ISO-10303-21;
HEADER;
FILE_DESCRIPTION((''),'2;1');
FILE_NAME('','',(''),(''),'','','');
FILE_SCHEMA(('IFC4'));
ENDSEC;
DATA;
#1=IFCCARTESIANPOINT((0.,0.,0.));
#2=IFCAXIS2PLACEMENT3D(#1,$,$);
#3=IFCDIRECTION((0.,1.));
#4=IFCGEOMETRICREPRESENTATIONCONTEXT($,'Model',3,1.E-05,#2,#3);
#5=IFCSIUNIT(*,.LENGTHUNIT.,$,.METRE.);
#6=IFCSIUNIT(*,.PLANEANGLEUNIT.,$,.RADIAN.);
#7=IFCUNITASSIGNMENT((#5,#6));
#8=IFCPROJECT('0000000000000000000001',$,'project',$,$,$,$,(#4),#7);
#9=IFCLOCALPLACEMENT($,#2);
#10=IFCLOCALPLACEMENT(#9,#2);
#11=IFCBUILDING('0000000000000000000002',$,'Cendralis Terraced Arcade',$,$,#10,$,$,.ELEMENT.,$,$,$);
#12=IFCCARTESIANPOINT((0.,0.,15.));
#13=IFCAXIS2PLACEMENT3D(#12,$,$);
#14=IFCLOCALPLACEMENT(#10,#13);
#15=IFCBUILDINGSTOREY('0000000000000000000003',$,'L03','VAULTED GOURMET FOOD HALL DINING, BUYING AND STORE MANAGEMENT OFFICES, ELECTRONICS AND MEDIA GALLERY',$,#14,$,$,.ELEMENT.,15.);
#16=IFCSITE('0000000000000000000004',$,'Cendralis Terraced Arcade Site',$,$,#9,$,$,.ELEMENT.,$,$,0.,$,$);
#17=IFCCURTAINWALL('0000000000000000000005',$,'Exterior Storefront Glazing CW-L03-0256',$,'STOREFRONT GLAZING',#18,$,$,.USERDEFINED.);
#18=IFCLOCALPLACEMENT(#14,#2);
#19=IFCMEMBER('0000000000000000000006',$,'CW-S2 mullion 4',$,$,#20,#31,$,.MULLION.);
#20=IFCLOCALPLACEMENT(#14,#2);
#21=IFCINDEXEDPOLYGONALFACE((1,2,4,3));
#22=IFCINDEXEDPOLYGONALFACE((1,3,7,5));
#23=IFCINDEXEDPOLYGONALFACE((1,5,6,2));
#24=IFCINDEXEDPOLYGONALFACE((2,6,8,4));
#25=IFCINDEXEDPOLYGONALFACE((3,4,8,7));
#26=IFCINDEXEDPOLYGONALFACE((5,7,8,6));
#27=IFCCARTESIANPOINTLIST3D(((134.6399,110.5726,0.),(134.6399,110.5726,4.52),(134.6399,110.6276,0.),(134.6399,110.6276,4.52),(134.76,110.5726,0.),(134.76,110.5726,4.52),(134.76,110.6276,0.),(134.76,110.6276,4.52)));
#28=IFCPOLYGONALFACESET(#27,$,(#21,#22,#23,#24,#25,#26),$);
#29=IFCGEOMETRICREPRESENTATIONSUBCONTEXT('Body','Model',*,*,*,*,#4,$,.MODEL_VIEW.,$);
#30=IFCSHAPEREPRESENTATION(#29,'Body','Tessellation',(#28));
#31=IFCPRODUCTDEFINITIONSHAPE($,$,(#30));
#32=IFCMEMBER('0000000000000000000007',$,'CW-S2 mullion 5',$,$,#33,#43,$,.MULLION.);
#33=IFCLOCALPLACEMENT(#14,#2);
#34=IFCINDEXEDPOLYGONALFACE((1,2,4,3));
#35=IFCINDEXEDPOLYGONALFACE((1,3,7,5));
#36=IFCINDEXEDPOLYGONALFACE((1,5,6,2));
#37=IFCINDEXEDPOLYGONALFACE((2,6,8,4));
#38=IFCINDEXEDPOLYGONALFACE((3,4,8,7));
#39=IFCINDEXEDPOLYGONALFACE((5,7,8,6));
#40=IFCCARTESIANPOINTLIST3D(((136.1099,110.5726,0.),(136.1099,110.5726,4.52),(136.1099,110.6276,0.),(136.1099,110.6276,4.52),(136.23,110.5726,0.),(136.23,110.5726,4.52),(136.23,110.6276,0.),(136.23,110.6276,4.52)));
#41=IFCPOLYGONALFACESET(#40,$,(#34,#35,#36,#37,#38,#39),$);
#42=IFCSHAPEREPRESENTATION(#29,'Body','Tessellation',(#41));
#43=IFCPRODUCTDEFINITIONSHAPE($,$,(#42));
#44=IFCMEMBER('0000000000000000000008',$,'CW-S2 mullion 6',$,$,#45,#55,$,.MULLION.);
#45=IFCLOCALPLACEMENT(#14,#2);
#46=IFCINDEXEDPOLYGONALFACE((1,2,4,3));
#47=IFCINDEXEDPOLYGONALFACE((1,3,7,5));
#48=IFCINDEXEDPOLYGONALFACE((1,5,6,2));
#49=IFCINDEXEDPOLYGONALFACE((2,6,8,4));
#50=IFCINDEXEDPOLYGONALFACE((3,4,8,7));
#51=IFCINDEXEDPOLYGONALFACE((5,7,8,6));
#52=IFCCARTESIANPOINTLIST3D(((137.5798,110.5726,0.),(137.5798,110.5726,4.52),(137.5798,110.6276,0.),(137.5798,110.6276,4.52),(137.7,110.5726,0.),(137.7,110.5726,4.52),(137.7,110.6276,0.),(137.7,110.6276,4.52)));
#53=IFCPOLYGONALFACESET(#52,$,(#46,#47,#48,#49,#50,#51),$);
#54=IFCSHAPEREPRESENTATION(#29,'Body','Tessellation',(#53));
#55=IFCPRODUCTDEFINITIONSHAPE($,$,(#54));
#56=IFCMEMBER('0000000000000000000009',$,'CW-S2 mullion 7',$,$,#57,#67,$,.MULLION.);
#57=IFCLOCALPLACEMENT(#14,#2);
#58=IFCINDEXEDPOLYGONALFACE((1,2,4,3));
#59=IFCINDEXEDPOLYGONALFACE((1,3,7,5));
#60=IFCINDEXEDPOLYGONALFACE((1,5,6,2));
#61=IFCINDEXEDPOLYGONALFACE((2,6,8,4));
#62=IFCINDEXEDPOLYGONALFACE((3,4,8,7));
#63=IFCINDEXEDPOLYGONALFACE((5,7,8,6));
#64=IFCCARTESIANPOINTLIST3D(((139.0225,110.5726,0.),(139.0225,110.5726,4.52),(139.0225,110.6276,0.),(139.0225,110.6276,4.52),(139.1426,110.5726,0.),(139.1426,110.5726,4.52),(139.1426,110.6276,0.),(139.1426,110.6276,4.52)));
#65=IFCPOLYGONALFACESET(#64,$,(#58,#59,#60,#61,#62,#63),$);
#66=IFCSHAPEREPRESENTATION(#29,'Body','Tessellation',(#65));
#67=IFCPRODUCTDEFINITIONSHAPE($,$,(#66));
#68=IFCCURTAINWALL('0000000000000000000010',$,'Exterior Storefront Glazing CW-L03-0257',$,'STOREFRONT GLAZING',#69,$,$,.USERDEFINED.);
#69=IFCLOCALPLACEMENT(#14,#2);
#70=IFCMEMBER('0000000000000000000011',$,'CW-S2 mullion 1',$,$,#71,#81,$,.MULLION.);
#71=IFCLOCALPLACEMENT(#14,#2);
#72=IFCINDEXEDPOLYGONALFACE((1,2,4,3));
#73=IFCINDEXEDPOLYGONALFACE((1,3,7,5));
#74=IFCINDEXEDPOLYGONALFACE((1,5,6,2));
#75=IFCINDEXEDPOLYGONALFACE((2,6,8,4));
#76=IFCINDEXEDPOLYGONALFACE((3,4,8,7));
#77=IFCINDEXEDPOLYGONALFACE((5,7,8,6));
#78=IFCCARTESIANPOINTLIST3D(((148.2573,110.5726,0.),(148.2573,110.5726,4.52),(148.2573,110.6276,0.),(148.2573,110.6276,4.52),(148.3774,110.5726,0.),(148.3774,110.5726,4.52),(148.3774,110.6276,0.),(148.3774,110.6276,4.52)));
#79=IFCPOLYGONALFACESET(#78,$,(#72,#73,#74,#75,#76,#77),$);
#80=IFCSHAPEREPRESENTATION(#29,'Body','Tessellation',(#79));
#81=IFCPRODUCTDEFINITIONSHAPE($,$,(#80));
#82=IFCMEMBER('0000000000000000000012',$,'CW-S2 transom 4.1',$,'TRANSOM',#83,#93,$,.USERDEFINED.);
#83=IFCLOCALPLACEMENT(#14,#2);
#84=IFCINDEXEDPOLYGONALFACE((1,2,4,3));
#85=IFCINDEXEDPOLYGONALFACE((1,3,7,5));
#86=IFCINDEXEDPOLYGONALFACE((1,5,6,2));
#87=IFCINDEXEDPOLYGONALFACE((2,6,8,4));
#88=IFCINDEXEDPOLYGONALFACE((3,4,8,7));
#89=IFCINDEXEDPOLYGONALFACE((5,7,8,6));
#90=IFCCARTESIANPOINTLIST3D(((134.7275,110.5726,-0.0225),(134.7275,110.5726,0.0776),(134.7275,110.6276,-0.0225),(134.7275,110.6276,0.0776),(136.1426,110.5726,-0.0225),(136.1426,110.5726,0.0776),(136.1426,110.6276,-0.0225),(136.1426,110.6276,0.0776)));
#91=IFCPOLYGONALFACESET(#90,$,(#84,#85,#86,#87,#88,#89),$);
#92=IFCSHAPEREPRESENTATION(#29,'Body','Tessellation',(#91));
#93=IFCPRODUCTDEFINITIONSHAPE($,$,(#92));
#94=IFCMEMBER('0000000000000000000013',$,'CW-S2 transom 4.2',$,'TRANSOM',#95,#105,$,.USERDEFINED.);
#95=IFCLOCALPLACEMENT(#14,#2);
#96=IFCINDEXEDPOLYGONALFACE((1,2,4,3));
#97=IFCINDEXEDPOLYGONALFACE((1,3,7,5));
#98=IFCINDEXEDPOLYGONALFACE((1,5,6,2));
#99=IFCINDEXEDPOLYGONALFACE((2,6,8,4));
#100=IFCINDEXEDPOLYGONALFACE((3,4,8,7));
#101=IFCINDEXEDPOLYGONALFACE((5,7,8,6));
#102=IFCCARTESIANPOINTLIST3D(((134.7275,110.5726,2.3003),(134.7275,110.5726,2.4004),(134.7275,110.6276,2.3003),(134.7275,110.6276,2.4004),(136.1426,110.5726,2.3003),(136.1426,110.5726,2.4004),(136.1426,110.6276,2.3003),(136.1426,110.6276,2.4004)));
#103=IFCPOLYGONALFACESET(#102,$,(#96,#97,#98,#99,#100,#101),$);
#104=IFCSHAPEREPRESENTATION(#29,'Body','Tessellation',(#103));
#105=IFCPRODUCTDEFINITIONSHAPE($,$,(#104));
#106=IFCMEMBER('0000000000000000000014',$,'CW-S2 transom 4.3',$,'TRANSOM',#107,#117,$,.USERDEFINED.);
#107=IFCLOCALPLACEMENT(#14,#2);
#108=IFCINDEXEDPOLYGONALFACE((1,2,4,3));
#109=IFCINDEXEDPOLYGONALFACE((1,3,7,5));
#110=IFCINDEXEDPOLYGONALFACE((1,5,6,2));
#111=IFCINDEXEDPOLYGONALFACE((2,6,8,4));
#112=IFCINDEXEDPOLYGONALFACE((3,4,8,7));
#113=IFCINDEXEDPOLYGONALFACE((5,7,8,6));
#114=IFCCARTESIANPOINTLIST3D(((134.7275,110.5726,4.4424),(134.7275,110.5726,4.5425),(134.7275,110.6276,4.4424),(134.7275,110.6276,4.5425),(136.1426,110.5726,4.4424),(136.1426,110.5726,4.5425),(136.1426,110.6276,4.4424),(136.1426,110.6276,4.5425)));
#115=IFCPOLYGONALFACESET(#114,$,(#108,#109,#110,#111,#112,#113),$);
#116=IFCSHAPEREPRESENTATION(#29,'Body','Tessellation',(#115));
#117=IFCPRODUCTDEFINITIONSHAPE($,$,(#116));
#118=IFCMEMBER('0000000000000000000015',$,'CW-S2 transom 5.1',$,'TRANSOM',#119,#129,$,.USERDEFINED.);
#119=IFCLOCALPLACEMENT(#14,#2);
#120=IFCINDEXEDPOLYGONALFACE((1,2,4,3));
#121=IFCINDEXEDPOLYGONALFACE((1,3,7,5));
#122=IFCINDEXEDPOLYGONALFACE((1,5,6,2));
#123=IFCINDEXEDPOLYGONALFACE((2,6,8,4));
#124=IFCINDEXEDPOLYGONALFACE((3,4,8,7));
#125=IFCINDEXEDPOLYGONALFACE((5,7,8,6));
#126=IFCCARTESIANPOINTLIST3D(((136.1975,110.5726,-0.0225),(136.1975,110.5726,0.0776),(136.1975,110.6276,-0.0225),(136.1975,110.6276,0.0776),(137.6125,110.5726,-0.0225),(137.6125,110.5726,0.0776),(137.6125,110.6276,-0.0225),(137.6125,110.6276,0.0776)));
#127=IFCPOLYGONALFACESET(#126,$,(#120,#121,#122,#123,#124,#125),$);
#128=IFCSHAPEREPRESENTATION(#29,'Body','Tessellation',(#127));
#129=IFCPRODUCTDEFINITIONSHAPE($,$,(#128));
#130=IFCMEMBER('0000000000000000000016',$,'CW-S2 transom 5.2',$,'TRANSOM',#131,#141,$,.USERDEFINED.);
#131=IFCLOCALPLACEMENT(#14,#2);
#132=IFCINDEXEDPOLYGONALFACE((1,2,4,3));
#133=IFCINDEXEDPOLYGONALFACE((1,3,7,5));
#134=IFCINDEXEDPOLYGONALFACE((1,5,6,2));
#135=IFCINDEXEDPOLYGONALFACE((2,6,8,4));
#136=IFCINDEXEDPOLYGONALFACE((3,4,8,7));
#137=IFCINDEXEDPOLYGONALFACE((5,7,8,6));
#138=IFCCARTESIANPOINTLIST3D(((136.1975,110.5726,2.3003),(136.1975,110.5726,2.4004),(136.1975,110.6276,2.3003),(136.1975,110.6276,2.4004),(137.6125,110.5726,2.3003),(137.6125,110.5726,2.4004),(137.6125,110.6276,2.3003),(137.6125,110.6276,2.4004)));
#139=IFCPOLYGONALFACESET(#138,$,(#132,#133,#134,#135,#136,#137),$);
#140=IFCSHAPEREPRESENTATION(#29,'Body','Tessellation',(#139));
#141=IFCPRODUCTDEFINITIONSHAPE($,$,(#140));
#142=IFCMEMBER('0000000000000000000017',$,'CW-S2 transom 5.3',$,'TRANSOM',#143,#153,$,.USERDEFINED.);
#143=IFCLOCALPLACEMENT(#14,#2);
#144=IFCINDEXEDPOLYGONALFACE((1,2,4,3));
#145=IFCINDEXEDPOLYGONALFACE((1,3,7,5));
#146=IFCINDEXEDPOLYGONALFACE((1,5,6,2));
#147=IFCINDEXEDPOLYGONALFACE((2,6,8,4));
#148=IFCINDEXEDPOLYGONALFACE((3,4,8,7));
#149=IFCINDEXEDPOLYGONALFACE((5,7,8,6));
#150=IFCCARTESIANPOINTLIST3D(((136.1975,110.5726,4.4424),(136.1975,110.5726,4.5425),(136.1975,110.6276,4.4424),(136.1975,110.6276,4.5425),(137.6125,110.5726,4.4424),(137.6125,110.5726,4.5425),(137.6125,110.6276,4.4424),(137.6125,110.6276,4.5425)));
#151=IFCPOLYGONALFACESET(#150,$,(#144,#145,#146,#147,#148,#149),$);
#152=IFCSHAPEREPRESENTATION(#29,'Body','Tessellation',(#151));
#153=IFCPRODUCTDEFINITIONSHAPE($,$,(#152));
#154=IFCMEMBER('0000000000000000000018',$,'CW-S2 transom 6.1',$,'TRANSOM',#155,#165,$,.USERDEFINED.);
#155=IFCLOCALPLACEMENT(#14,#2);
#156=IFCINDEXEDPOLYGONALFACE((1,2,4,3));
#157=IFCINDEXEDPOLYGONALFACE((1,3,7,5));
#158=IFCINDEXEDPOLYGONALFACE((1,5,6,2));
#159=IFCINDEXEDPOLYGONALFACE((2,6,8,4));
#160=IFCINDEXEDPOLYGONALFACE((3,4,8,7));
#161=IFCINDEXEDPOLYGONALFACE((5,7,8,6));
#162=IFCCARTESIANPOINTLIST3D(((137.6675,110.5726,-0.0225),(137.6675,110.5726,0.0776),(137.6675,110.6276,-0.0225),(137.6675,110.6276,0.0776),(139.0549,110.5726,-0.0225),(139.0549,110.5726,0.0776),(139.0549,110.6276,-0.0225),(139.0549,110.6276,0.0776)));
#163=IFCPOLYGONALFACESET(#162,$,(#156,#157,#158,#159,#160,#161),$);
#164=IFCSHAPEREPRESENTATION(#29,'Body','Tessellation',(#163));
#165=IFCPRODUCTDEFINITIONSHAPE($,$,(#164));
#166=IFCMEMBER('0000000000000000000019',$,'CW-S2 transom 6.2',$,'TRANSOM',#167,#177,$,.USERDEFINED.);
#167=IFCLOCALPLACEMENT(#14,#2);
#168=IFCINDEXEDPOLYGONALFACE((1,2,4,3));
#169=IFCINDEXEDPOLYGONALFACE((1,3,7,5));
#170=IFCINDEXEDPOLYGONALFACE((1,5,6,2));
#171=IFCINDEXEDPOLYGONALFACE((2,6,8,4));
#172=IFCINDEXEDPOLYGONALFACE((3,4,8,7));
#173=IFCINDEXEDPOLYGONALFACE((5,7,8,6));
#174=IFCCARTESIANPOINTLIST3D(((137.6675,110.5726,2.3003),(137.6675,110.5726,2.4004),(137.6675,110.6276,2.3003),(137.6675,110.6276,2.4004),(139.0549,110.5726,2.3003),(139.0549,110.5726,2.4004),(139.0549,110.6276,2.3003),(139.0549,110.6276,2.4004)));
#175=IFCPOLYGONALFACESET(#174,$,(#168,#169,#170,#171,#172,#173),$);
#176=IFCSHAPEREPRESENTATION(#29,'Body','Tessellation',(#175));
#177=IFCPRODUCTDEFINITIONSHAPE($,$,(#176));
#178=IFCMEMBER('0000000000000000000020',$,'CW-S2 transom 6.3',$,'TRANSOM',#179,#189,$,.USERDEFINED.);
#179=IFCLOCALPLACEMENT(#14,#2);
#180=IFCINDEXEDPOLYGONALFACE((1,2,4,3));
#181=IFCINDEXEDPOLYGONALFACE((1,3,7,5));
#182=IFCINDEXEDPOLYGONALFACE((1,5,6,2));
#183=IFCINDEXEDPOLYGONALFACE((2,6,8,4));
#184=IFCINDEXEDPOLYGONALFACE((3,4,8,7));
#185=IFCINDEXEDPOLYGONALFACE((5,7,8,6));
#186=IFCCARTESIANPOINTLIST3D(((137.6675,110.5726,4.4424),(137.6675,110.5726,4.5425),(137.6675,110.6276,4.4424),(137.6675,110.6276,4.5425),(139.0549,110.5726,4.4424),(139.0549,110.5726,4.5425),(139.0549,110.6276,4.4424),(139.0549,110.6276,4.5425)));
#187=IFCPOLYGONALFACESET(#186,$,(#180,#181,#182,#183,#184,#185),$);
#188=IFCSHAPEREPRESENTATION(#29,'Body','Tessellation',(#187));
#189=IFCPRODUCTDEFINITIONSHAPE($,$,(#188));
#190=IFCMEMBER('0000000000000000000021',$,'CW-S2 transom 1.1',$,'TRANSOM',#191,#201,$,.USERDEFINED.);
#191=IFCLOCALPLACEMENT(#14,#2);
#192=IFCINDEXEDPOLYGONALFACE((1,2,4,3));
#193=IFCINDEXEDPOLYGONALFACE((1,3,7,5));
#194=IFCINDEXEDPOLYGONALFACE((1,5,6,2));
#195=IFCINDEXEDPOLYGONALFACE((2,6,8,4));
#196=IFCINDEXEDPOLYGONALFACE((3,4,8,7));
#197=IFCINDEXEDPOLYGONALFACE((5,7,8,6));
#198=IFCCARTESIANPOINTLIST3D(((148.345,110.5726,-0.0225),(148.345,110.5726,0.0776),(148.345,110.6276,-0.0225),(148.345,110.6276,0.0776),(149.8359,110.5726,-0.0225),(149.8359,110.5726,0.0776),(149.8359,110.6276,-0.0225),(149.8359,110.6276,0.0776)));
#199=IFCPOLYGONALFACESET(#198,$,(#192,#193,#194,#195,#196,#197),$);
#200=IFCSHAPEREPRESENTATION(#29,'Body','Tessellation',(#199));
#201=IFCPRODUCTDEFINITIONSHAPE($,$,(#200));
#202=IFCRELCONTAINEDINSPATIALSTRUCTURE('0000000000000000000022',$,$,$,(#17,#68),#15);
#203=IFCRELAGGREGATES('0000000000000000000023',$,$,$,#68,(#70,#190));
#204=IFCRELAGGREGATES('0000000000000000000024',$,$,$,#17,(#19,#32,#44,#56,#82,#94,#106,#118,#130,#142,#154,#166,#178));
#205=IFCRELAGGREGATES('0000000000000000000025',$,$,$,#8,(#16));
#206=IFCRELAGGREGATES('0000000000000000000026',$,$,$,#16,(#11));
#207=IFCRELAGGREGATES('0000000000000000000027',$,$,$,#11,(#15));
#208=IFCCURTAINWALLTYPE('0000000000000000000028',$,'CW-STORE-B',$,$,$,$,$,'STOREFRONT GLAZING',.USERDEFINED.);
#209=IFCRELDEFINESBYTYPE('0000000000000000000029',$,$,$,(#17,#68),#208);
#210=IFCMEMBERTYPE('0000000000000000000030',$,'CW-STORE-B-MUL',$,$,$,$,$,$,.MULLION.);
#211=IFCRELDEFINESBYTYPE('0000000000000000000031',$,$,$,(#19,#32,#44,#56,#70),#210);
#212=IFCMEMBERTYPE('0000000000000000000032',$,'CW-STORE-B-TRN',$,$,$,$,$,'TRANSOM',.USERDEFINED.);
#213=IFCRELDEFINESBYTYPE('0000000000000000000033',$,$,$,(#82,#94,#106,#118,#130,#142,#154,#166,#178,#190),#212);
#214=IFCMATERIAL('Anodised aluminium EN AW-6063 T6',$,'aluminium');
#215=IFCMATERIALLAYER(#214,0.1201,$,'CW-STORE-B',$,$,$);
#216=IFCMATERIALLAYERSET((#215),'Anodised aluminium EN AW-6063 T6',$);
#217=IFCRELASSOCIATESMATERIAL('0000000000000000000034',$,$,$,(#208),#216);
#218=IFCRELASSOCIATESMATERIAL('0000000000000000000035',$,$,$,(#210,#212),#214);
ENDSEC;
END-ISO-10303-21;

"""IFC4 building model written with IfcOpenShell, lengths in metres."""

from ifc_helpers import new_model, si_unit, direction, frame, origin, origin_2d, place, context, subcontext, project, spatial, rectangle, extrude, material, layer, layer_set, material_profile, profile_set, type_object, element, aggregate, save


model = new_model("IFC4")

# Units and contexts
model_context = context("Model", 3, precision=1e-05, world=origin(), true_north=direction((0.0, 1.0)))
body_context = subcontext(model_context, "Body", "Model", "MODEL_VIEW")
ifc_project = project(units=[si_unit("LENGTHUNIT", "METRE"), si_unit("PLANEANGLEUNIT", "RADIAN")], contexts=[model_context])

# Site, building, storey
site_placement = place(None, origin())
site = spatial("IfcSite", under=ifc_project, at=site_placement, Name="Cendralis Terraced Arcade Site", CompositionType="ELEMENT", RefElevation=0.0)
building_placement = place(site_placement, origin())
building = spatial("IfcBuilding", under=site, at=building_placement, Name="Cendralis Terraced Arcade", CompositionType="ELEMENT")
storey_placement = place(building_placement, frame((0.0, 0.0, 15.0)))
storey = spatial("IfcBuildingStorey", under=building, at=storey_placement, Name="L03", Description="VAULTED GOURMET FOOD HALL DINING, BUYING AND STORE MANAGEMENT OFFICES, ELECTRONICS AND MEDIA GALLERY", CompositionType="ELEMENT", Elevation=15.0)

# Curtain wall, members
ifc_material_1 = material(Name="Anodised aluminium EN AW-6063 T6", Category="aluminium")
ifc_layer_1 = layer(ifc_material_1, 0.1201, Name="CW-STORE-B")
ifc_layer_set_1 = layer_set([ifc_layer_1], Name="Anodised aluminium EN AW-6063 T6")
curtain_wall_type = type_object("IfcCurtainWallType", Name="CW-STORE-B", ElementType="STOREFRONT GLAZING", PredefinedType="USERDEFINED", material=ifc_layer_set_1)
curtain_wall_1_placement = place(storey_placement, origin())
curtain_wall_1 = element("IfcCurtainWall", 1, at=curtain_wall_1_placement, inside=storey, type_object=curtain_wall_type, Name="Exterior Storefront Glazing CW-L03-0256", ObjectType="STOREFRONT GLAZING", PredefinedType="USERDEFINED")
ifc_material_profile_1 = material_profile(ifc_material_1, rectangle(XDim=0.0549, YDim=0.1201, at=origin_2d()), Name="ALU-MUL-55x120")
ifc_profile_set_1 = profile_set([ifc_material_profile_1], Name="Anodised aluminium EN AW-6063 T6")
member_type_1 = type_object("IfcMemberType", Name="CW-STORE-B-MUL", PredefinedType="MULLION", material=ifc_profile_set_1)
member_1_placement = place(storey_placement, frame((134.7, 110.6001, 0.0), z_axis=(0.0, 0.0, 1.0), x_axis=(0.0, 1.0, 0.0)))
member_1 = element("IfcMember", 2, at=member_1_placement, type_object=member_type_1, Name="CW-S2 mullion 4", PredefinedType="MULLION", context=body_context, shape_type="SweptSolid", body=[
    extrude(rectangle(XDim=0.0549, YDim=0.1201, at=origin_2d()), origin(), (0.0, 0.0, 1.0), 4.52),
])
member_2_placement = place(storey_placement, frame((136.1699, 110.6001, 0.0), z_axis=(0.0, 0.0, 1.0), x_axis=(0.0, 1.0, 0.0)))
member_2 = element("IfcMember", 3, at=member_2_placement, type_object=member_type_1, Name="CW-S2 mullion 5", PredefinedType="MULLION", context=body_context, shape_type="SweptSolid", body=[
    extrude(rectangle(XDim=0.0549, YDim=0.1201, at=origin_2d()), origin(), (0.0, 0.0, 1.0), 4.52),
])
member_3_placement = place(storey_placement, frame((137.6399, 110.6001, 0.0), z_axis=(0.0, 0.0, 1.0), x_axis=(0.0, 1.0, 0.0)))
member_3 = element("IfcMember", 4, at=member_3_placement, type_object=member_type_1, Name="CW-S2 mullion 6", PredefinedType="MULLION", context=body_context, shape_type="SweptSolid", body=[
    extrude(rectangle(XDim=0.0549, YDim=0.1201, at=origin_2d()), origin(), (0.0, 0.0, 1.0), 4.52),
])
member_4_placement = place(storey_placement, frame((139.0825, 110.6001, 0.0), z_axis=(0.0, 0.0, 1.0), x_axis=(0.0, 1.0, 0.0)))
member_4 = element("IfcMember", 5, at=member_4_placement, type_object=member_type_1, Name="CW-S2 mullion 7", PredefinedType="MULLION", context=body_context, shape_type="SweptSolid", body=[
    extrude(rectangle(XDim=0.0549, YDim=0.1201, at=origin_2d()), origin(), (0.0, 0.0, 1.0), 4.52),
])

# Curtain wall, member
curtain_wall_2_placement = place(storey_placement, origin())
curtain_wall_2 = element("IfcCurtainWall", 6, at=curtain_wall_2_placement, inside=storey, type_object=curtain_wall_type, Name="Exterior Storefront Glazing CW-L03-0257", ObjectType="STOREFRONT GLAZING", PredefinedType="USERDEFINED")
member_5_placement = place(storey_placement, frame((148.3174, 110.6001, 0.0), z_axis=(0.0, 0.0, 1.0), x_axis=(0.0, 1.0, 0.0)))
member_5 = element("IfcMember", 7, at=member_5_placement, type_object=member_type_1, Name="CW-S2 mullion 1", PredefinedType="MULLION", context=body_context, shape_type="SweptSolid", body=[
    extrude(rectangle(XDim=0.0549, YDim=0.1201, at=origin_2d()), origin(), (0.0, 0.0, 1.0), 4.52),
])

# Members
ifc_material_profile_2 = material_profile(ifc_material_1, rectangle(XDim=0.0549, YDim=0.1001, at=origin_2d()), Name="ALU-TRN-55x100")
ifc_profile_set_2 = profile_set([ifc_material_profile_2], Name="Anodised aluminium EN AW-6063 T6")
member_type_2 = type_object("IfcMemberType", Name="CW-STORE-B-TRN", ElementType="TRANSOM", PredefinedType="USERDEFINED", material=ifc_profile_set_2)
member_6_placement = place(storey_placement, frame((134.7275, 110.6001, 0.0276), z_axis=(1.0, 0.0, 0.0), x_axis=(0.0, 1.0, 0.0)))
member_6 = element("IfcMember", 8, at=member_6_placement, type_object=member_type_2, Name="CW-S2 transom 4.1", ObjectType="TRANSOM", PredefinedType="USERDEFINED", context=body_context, shape_type="SweptSolid", body=[
    extrude(rectangle(XDim=0.0549, YDim=0.1001, at=origin_2d()), origin(), (0.0, 0.0, 1.0), 1.415),
])
member_7_placement = place(storey_placement, frame((134.7275, 110.6001, 2.3503), z_axis=(1.0, 0.0, 0.0), x_axis=(0.0, 1.0, 0.0)))
member_7 = element("IfcMember", 9, at=member_7_placement, type_object=member_type_2, Name="CW-S2 transom 4.2", ObjectType="TRANSOM", PredefinedType="USERDEFINED", context=body_context, shape_type="SweptSolid", body=[
    extrude(rectangle(XDim=0.0549, YDim=0.1001, at=origin_2d()), origin(), (0.0, 0.0, 1.0), 1.415),
])
member_8_placement = place(storey_placement, frame((134.7275, 110.6001, 4.4924), z_axis=(1.0, 0.0, 0.0), x_axis=(0.0, 1.0, 0.0)))
member_8 = element("IfcMember", 10, at=member_8_placement, type_object=member_type_2, Name="CW-S2 transom 4.3", ObjectType="TRANSOM", PredefinedType="USERDEFINED", context=body_context, shape_type="SweptSolid", body=[
    extrude(rectangle(XDim=0.0549, YDim=0.1001, at=origin_2d()), origin(), (0.0, 0.0, 1.0), 1.415),
])
member_9_placement = place(storey_placement, frame((136.1975, 110.6001, 0.0276), z_axis=(1.0, 0.0, 0.0), x_axis=(0.0, 1.0, 0.0)))
member_9 = element("IfcMember", 11, at=member_9_placement, type_object=member_type_2, Name="CW-S2 transom 5.1", ObjectType="TRANSOM", PredefinedType="USERDEFINED", context=body_context, shape_type="SweptSolid", body=[
    extrude(rectangle(XDim=0.0549, YDim=0.1001, at=origin_2d()), origin(), (0.0, 0.0, 1.0), 1.415),
])
member_10_placement = place(storey_placement, frame((136.1975, 110.6001, 2.3503), z_axis=(1.0, 0.0, 0.0), x_axis=(0.0, 1.0, 0.0)))
member_10 = element("IfcMember", 12, at=member_10_placement, type_object=member_type_2, Name="CW-S2 transom 5.2", ObjectType="TRANSOM", PredefinedType="USERDEFINED", context=body_context, shape_type="SweptSolid", body=[
    extrude(rectangle(XDim=0.0549, YDim=0.1001, at=origin_2d()), origin(), (0.0, 0.0, 1.0), 1.415),
])
member_11_placement = place(storey_placement, frame((136.1975, 110.6001, 4.4924), z_axis=(1.0, 0.0, 0.0), x_axis=(0.0, 1.0, 0.0)))
member_11 = element("IfcMember", 13, at=member_11_placement, type_object=member_type_2, Name="CW-S2 transom 5.3", ObjectType="TRANSOM", PredefinedType="USERDEFINED", context=body_context, shape_type="SweptSolid", body=[
    extrude(rectangle(XDim=0.0549, YDim=0.1001, at=origin_2d()), origin(), (0.0, 0.0, 1.0), 1.415),
])
member_12_placement = place(storey_placement, frame((137.6675, 110.6001, 0.0276), z_axis=(1.0, 0.0, 0.0), x_axis=(0.0, 1.0, 0.0)))
member_12 = element("IfcMember", 14, at=member_12_placement, type_object=member_type_2, Name="CW-S2 transom 6.1", ObjectType="TRANSOM", PredefinedType="USERDEFINED", context=body_context, shape_type="SweptSolid", body=[
    extrude(rectangle(XDim=0.0549, YDim=0.1001, at=origin_2d()), origin(), (0.0, 0.0, 1.0), 1.3875),
])
member_13_placement = place(storey_placement, frame((137.6675, 110.6001, 2.3503), z_axis=(1.0, 0.0, 0.0), x_axis=(0.0, 1.0, 0.0)))
member_13 = element("IfcMember", 15, at=member_13_placement, type_object=member_type_2, Name="CW-S2 transom 6.2", ObjectType="TRANSOM", PredefinedType="USERDEFINED", context=body_context, shape_type="SweptSolid", body=[
    extrude(rectangle(XDim=0.0549, YDim=0.1001, at=origin_2d()), origin(), (0.0, 0.0, 1.0), 1.3875),
])
member_14_placement = place(storey_placement, frame((137.6675, 110.6001, 4.4924), z_axis=(1.0, 0.0, 0.0), x_axis=(0.0, 1.0, 0.0)))
member_14 = element("IfcMember", 16, at=member_14_placement, type_object=member_type_2, Name="CW-S2 transom 6.3", ObjectType="TRANSOM", PredefinedType="USERDEFINED", context=body_context, shape_type="SweptSolid", body=[
    extrude(rectangle(XDim=0.0549, YDim=0.1001, at=origin_2d()), origin(), (0.0, 0.0, 1.0), 1.3875),
])
member_15_placement = place(storey_placement, frame((148.345, 110.6001, 0.0276), z_axis=(1.0, 0.0, 0.0), x_axis=(0.0, 1.0, 0.0)))
member_15 = element("IfcMember", 17, at=member_15_placement, type_object=member_type_2, Name="CW-S2 transom 1.1", ObjectType="TRANSOM", PredefinedType="USERDEFINED", context=body_context, shape_type="SweptSolid", body=[
    extrude(rectangle(XDim=0.0549, YDim=0.1001, at=origin_2d()), origin(), (0.0, 0.0, 1.0), 1.491),
])
aggregate(curtain_wall_2, [member_5, member_15])

aggregate(curtain_wall_1, [member_1, member_2, member_3, member_4, member_6, member_7, member_8, member_9, member_10, member_11, member_12, member_13, member_14])

save(model, "model.ifc")
